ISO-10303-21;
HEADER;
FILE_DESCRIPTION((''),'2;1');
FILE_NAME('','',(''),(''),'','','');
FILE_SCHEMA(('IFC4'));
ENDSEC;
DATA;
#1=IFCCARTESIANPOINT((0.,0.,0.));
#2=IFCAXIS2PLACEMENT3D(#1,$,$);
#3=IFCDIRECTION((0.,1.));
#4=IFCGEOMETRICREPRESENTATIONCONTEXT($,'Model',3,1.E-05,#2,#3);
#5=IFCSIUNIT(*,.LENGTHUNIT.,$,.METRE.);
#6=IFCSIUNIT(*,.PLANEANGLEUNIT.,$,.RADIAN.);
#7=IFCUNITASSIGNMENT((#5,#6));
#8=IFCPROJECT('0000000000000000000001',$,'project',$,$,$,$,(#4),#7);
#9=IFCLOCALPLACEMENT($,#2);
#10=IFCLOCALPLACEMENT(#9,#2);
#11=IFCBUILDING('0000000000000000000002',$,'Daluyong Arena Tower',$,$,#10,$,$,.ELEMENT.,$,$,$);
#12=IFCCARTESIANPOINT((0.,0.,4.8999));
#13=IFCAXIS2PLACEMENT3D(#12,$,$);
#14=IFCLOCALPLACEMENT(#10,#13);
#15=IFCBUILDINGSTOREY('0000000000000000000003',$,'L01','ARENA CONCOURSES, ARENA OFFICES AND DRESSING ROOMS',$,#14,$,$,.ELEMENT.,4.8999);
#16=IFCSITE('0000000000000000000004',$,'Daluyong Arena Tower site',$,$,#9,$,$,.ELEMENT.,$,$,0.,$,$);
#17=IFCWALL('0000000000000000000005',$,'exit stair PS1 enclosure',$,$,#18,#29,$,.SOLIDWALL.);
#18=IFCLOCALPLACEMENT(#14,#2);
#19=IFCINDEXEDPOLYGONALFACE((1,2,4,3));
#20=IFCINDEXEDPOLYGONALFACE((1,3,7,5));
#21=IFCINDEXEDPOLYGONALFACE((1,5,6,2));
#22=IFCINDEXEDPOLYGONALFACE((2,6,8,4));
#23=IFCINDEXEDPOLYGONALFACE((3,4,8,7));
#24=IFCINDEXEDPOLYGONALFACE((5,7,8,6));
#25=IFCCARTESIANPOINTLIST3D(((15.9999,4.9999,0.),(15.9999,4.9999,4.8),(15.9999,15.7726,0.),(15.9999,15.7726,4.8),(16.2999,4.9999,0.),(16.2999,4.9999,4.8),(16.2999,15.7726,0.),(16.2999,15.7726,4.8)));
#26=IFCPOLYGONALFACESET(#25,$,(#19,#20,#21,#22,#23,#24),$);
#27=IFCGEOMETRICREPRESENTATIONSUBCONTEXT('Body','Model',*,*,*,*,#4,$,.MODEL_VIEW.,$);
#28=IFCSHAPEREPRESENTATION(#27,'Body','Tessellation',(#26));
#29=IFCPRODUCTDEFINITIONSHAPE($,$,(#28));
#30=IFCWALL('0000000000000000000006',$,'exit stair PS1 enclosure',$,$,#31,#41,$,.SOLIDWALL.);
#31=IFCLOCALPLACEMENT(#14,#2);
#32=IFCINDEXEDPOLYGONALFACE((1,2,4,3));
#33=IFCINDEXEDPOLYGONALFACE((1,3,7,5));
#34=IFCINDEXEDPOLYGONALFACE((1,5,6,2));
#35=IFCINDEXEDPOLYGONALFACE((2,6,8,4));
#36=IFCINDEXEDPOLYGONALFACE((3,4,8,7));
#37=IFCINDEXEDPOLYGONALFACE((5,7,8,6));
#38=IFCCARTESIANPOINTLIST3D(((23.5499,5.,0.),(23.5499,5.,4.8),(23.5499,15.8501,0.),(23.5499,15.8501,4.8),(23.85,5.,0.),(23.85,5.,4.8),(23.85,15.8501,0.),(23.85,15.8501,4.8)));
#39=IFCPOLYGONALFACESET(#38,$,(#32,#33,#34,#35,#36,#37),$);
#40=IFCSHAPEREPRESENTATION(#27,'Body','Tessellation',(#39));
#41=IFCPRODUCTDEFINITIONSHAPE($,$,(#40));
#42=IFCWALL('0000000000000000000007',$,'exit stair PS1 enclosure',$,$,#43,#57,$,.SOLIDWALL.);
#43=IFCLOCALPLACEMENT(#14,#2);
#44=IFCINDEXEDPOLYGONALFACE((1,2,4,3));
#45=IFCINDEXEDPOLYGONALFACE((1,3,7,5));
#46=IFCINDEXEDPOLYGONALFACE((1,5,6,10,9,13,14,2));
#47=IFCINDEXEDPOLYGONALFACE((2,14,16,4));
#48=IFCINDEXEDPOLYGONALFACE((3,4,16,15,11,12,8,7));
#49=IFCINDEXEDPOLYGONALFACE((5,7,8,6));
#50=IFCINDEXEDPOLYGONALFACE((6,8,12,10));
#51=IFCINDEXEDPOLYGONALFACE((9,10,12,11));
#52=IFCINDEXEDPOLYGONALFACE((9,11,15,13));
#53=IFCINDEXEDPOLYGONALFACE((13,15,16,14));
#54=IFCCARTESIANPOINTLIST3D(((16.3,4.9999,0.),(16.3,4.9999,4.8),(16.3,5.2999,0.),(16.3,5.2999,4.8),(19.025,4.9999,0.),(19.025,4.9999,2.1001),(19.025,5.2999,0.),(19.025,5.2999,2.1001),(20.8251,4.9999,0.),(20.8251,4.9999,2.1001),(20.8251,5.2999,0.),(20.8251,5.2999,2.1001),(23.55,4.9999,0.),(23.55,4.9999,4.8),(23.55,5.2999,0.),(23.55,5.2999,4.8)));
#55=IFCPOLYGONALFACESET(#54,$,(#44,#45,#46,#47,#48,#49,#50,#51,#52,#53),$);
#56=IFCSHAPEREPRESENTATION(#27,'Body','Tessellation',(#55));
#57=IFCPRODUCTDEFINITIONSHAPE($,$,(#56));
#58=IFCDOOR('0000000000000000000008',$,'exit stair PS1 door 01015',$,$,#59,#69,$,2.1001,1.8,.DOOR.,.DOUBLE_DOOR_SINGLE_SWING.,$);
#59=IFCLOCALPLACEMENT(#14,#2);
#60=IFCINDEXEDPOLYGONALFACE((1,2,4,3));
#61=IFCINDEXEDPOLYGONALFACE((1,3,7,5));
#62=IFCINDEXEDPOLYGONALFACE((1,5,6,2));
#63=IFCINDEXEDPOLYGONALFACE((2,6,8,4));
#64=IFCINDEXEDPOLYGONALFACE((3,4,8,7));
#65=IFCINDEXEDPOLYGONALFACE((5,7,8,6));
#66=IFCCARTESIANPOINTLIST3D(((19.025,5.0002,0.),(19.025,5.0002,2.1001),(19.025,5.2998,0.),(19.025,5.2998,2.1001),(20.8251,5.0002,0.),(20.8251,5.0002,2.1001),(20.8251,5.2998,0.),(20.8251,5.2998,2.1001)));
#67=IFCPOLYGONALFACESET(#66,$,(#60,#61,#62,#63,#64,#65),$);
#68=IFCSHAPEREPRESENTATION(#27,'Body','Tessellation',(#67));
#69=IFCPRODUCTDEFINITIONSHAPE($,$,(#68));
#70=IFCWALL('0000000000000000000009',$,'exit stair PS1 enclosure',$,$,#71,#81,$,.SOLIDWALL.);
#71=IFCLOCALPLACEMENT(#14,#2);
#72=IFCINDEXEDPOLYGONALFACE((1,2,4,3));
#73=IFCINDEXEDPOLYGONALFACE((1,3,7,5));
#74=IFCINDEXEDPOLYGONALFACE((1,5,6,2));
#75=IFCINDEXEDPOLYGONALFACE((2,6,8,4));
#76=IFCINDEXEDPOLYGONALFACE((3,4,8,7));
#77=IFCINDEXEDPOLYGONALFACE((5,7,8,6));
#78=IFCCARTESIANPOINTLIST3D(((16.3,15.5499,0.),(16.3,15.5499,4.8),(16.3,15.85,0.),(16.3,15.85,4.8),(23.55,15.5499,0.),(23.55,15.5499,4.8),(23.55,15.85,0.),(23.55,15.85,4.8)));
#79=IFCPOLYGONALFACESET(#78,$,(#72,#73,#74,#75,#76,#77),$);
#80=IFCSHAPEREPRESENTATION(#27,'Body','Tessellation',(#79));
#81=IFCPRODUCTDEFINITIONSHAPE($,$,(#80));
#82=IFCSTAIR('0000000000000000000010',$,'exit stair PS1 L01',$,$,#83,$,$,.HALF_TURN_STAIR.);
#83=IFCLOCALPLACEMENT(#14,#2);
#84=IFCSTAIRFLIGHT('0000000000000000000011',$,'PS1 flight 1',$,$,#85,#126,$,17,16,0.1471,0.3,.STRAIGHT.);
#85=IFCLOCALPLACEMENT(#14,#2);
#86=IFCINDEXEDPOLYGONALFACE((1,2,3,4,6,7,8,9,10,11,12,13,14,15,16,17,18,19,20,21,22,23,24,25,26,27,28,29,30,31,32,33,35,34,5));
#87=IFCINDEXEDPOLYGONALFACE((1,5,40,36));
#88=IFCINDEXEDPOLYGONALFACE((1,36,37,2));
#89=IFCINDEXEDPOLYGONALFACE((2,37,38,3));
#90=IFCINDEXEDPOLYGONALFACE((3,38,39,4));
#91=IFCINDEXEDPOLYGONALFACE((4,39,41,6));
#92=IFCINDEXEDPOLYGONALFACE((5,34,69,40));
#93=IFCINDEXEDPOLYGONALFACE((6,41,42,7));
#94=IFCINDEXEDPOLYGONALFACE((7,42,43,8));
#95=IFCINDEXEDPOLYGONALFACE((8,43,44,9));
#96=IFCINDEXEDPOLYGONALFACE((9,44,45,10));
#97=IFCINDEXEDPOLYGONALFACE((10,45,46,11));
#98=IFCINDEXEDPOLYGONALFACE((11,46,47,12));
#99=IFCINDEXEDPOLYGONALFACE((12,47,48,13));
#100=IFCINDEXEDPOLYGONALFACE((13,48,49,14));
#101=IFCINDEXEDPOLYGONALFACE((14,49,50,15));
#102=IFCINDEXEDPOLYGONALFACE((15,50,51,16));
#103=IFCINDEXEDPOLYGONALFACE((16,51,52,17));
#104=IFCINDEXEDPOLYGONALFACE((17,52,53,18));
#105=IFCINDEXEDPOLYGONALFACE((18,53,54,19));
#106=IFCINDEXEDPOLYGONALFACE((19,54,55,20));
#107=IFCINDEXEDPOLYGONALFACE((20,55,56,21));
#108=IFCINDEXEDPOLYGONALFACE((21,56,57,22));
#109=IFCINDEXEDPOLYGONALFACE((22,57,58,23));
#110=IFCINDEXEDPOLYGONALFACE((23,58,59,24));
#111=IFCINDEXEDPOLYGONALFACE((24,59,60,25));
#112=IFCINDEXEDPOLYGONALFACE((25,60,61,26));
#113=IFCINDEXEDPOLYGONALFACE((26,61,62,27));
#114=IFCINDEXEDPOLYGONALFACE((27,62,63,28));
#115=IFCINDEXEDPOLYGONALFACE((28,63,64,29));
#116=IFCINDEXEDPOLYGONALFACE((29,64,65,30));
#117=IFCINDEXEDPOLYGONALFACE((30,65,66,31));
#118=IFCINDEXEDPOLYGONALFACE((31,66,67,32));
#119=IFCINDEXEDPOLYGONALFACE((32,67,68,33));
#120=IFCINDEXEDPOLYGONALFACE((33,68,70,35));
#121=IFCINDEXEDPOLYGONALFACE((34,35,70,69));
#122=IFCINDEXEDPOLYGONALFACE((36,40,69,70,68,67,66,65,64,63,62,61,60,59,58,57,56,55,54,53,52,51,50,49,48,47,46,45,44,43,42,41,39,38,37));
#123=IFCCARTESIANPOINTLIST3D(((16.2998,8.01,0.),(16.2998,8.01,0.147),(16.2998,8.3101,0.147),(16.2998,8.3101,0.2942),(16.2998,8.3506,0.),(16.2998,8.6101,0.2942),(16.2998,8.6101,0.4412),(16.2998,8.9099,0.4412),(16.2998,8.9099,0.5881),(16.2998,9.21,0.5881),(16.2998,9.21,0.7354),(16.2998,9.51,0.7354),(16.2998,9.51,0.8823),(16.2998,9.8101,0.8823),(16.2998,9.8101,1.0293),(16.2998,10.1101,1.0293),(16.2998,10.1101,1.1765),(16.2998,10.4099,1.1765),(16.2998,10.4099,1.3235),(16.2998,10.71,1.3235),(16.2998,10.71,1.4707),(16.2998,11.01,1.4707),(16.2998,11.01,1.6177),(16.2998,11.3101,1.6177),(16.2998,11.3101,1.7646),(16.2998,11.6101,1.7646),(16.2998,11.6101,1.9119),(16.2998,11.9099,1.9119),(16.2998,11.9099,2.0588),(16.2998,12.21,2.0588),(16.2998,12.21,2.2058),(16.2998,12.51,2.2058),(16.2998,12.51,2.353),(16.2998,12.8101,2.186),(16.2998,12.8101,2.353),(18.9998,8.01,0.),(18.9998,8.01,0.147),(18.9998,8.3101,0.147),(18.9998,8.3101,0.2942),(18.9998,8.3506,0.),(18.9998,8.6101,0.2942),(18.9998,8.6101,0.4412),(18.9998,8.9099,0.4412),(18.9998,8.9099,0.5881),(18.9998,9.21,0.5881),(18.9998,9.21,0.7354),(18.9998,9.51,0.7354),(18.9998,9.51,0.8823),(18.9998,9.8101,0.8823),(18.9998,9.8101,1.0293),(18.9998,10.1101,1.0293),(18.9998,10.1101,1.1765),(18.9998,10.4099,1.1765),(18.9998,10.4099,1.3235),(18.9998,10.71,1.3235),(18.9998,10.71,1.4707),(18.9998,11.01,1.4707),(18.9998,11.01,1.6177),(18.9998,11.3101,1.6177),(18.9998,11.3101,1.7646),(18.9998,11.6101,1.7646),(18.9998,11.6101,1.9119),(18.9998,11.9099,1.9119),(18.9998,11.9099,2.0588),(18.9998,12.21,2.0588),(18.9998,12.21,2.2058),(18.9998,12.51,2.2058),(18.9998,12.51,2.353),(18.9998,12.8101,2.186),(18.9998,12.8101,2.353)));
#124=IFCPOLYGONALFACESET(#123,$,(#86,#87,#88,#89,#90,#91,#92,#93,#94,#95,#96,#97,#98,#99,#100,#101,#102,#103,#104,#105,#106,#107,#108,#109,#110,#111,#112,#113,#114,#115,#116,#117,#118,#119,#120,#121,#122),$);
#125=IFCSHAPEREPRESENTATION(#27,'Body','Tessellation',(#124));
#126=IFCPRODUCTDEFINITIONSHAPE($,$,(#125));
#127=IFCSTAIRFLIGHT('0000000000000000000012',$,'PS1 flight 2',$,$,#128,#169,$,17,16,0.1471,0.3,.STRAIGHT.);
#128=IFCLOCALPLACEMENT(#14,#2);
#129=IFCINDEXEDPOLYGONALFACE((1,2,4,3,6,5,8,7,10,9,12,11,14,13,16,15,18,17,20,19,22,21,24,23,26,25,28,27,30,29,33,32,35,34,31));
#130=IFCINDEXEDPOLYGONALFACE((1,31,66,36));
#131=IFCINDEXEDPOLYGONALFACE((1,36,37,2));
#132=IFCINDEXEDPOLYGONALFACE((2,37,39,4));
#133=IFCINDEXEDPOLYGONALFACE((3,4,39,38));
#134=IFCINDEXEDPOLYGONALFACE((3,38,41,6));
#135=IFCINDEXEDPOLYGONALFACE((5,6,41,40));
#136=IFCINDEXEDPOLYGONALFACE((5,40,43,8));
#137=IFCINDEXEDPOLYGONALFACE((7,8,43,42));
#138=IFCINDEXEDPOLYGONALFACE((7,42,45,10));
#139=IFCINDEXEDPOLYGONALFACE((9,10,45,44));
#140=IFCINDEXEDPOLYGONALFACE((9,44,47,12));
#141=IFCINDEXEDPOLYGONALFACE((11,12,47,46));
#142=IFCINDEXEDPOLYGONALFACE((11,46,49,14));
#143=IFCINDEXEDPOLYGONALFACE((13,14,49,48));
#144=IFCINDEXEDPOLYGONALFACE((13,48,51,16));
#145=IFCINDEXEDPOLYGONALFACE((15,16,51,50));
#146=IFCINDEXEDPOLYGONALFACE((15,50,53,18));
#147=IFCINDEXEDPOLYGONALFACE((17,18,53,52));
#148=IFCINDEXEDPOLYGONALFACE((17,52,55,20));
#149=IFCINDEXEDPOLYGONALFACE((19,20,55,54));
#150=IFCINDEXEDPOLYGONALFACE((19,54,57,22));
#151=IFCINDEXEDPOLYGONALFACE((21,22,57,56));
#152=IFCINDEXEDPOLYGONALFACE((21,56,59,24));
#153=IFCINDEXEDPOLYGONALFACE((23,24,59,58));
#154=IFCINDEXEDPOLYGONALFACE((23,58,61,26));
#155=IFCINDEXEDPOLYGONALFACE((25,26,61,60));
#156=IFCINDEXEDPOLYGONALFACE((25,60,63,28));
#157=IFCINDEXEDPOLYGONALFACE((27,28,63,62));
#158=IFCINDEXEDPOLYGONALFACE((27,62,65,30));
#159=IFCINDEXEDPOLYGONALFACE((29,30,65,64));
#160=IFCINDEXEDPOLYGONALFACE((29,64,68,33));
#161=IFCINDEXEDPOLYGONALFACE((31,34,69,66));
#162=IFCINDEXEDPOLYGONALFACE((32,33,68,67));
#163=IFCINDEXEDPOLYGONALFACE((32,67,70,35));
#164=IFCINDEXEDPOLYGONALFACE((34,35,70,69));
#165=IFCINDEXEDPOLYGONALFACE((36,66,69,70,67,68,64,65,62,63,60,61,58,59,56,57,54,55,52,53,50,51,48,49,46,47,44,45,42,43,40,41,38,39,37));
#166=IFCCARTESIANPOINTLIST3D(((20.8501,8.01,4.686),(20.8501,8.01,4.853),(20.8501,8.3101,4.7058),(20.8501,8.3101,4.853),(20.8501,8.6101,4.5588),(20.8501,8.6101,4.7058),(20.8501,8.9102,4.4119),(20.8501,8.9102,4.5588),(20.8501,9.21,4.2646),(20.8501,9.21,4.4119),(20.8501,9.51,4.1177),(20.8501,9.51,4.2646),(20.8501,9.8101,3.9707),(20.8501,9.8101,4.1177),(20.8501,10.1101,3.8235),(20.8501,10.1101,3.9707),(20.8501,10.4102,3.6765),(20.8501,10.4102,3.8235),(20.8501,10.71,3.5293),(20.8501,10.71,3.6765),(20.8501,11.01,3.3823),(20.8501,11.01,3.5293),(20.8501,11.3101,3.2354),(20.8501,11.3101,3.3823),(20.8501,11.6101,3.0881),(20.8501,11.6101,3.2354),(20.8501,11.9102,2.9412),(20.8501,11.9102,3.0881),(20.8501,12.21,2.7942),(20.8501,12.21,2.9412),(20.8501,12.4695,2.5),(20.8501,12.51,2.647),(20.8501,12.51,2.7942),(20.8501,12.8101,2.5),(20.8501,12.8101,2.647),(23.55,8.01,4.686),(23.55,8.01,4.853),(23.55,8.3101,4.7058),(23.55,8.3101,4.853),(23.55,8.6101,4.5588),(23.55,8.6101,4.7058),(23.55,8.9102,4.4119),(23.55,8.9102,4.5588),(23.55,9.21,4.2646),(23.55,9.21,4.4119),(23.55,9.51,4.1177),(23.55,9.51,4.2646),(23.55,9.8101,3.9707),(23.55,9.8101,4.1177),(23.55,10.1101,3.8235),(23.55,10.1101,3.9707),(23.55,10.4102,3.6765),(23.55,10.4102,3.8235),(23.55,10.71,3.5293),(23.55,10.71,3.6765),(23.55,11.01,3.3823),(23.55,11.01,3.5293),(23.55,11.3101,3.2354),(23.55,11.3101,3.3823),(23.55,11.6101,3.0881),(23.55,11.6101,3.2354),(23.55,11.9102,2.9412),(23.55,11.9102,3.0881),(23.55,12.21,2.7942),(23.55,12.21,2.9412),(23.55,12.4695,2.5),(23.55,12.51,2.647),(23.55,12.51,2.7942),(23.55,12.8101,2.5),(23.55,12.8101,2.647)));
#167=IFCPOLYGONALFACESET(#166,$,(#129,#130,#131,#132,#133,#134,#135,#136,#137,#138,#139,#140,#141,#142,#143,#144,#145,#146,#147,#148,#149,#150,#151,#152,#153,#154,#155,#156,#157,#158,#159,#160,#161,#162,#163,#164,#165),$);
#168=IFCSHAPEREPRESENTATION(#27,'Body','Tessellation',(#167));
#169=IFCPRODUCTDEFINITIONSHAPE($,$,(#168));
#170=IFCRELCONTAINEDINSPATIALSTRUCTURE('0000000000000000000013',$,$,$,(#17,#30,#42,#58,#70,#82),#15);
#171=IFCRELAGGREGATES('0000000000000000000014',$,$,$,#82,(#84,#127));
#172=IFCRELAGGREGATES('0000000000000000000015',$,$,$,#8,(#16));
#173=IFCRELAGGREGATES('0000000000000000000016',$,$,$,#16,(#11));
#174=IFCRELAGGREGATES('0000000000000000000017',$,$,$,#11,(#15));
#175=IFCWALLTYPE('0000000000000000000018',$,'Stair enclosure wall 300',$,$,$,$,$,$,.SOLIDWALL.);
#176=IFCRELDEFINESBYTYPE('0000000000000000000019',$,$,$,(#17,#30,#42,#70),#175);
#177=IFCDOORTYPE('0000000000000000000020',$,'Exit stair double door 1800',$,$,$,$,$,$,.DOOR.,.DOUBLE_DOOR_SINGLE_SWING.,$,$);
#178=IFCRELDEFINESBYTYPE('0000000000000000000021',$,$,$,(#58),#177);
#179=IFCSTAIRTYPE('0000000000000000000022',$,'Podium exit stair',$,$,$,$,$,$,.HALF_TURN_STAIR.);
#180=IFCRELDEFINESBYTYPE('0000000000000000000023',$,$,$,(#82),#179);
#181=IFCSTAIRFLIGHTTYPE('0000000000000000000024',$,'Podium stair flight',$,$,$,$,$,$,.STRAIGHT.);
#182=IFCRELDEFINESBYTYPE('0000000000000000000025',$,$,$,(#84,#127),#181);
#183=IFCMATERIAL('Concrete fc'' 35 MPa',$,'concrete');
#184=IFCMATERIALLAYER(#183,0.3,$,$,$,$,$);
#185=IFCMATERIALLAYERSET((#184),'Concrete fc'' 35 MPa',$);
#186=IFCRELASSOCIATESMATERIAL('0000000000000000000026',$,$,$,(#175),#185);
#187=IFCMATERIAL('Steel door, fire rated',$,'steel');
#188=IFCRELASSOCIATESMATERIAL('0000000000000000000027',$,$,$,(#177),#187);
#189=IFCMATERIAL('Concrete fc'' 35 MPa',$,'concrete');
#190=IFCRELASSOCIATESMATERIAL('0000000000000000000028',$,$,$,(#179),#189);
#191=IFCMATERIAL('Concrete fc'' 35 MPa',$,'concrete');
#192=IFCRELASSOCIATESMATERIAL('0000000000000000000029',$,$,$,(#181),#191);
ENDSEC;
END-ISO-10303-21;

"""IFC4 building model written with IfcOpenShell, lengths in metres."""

from ifc_helpers import new_model, si_unit, direction, frame, frame_2d, origin, place, context, subcontext, project, spatial, polyline, rectangle, outline, extrude, material, layer, layer_set, type_object, element, fill, aggregate, save


model = new_model("IFC4")

# Units and contexts
model_context = context("Model", 3, precision=1e-05, world=origin(), true_north=direction((0.0, 1.0)))
body_context = subcontext(model_context, "Body", "Model", "MODEL_VIEW")
ifc_project = project(units=[si_unit("LENGTHUNIT", "METRE"), si_unit("PLANEANGLEUNIT", "RADIAN")], contexts=[model_context])

# Site, building, storey
site_placement = place(None, origin())
site = spatial("IfcSite", under=ifc_project, at=site_placement, Name="Daluyong Arena Tower site", CompositionType="ELEMENT", RefElevation=0.0)
building_placement = place(site_placement, origin())
building = spatial("IfcBuilding", under=site, at=building_placement, Name="Daluyong Arena Tower", CompositionType="ELEMENT")
storey_placement = place(building_placement, frame((0.0, 0.0, 4.8999)))
storey = spatial("IfcBuildingStorey", under=building, at=storey_placement, Name="L01", Description="ARENA CONCOURSES, ARENA OFFICES AND DRESSING ROOMS", CompositionType="ELEMENT", Elevation=4.8999)

# Walls
ifc_material_1 = material(Name="Concrete fc' 35 MPa", Category="concrete")
ifc_layer_1 = layer(ifc_material_1, 0.3)
ifc_layer_set_1 = layer_set([ifc_layer_1], Name="Concrete fc' 35 MPa")
wall_type_1 = type_object("IfcWallType", Name="Stair enclosure wall 300", PredefinedType="SOLIDWALL", material=ifc_layer_set_1)
wall_1_placement = place(storey_placement, frame((16.1499, 5.0, 0.0), z_axis=(0.0, 0.0, 1.0), x_axis=(0.0, 1.0, 0.0)))
element("IfcWall", 1, at=wall_1_placement, inside=storey, type_object=wall_type_1, Name="exit stair PS1 enclosure", PredefinedType="SOLIDWALL", context=body_context, shape_type="SweptSolid", body=[
    extrude(rectangle(XDim=10.7727, YDim=0.3, at=frame_2d((5.3862, 0.0))), origin(), (0.0, 0.0, 1.0), 4.8),
])
wall_2_placement = place(storey_placement, frame((23.7, 5.0, 0.0), z_axis=(0.0, 0.0, 1.0), x_axis=(0.0, 1.0, 0.0)))
element("IfcWall", 2, at=wall_2_placement, inside=storey, type_object=wall_type_1, Name="exit stair PS1 enclosure", PredefinedType="SOLIDWALL", context=body_context, shape_type="SweptSolid", body=[
    extrude(rectangle(XDim=10.8501, YDim=0.3, at=frame_2d((5.425, 0.0))), origin(), (0.0, 0.0, 1.0), 4.8),
])

# Wall, opening, door
wall_3_placement = place(storey_placement, frame((16.3, 5.1499, 0.0), z_axis=(0.0, 0.0, 1.0), x_axis=(1.0, 0.0, 0.0)))
wall_3 = element("IfcWall", 3, at=wall_3_placement, inside=storey, type_object=wall_type_1, Name="exit stair PS1 enclosure", PredefinedType="SOLIDWALL", context=body_context, shape_type="SweptSolid", body=[
    extrude(rectangle(XDim=7.25, YDim=0.3, at=frame_2d((3.625, 0.0))), origin(), (0.0, 0.0, 1.0), 4.8),
])
opening_placement = place(wall_3_placement, frame((2.7251, 0.0, 0.0)))
opening = element("IfcOpeningElement", 4, at=opening_placement, cuts=wall_3, PredefinedType="OPENING", context=body_context, shape_type="SweptSolid", body=[
    extrude(rectangle(XDim=1.8, YDim=2.1001, at=frame_2d((0.8999, 1.05))), frame((0.0, 0.1599, 0.0), z_axis=(0.0, -1.0, 0.0), x_axis=(1.0, 0.0, 0.0)), (0.0, 0.0, 1.0), 0.3201),
])
ifc_material_2 = material(Name="Steel door, fire rated", Category="steel")
door_type = type_object("IfcDoorType", Name="Exit stair double door 1800", OperationType="DOUBLE_DOOR_SINGLE_SWING", PredefinedType="DOOR", material=ifc_material_2)
door_placement = place(opening_placement, origin())
door = element("IfcDoor", 5, at=door_placement, inside=storey, type_object=door_type, Name="exit stair PS1 door 01015", OperationType="DOUBLE_DOOR_SINGLE_SWING", OverallHeight=2.1001, OverallWidth=1.8, PredefinedType="DOOR", context=body_context, shape_type="SweptSolid", body=[
    extrude(rectangle(XDim=1.8, YDim=2.1001, at=frame_2d((0.8999, 1.05))), frame((0.0, 0.1499, 0.0), z_axis=(0.0, -1.0, 0.0), x_axis=(1.0, 0.0, 0.0)), (0.0, 0.0, 1.0), 0.2996),
])
fill(opening, door)

# Wall
wall_4_placement = place(storey_placement, frame((16.3, 15.7, 0.0), z_axis=(0.0, 0.0, 1.0), x_axis=(1.0, 0.0, 0.0)))
element("IfcWall", 6, at=wall_4_placement, inside=storey, type_object=wall_type_1, Name="exit stair PS1 enclosure", PredefinedType="SOLIDWALL", context=body_context, shape_type="SweptSolid", body=[
    extrude(rectangle(XDim=7.25, YDim=0.3, at=frame_2d((3.625, 0.0))), origin(), (0.0, 0.0, 1.0), 4.8),
])

# Stair, stair flights
ifc_material_3 = material(Name="Concrete fc' 35 MPa", Category="concrete")
stair_type = type_object("IfcStairType", Name="Podium exit stair", PredefinedType="HALF_TURN_STAIR", material=ifc_material_3)
stair_placement = place(storey_placement, origin())
stair = element("IfcStair", 7, at=stair_placement, inside=storey, type_object=stair_type, Name="exit stair PS1 L01", PredefinedType="HALF_TURN_STAIR")
ifc_material_4 = material(Name="Concrete fc' 35 MPa", Category="concrete")
stair_flight_type = type_object("IfcStairFlightType", Name="Podium stair flight", PredefinedType="STRAIGHT", material=ifc_material_4)
stair_flight_1_placement = place(storey_placement, frame((17.6499, 8.01, 0.0), z_axis=(0.0, 0.0, 1.0), x_axis=(0.0, 1.0, 0.0)))
stair_flight_1 = element("IfcStairFlight", 8, at=stair_flight_1_placement, type_object=stair_flight_type, Name="PS1 flight 1", NumberOfRisers=17, NumberOfTreads=16, PredefinedType="STRAIGHT", RiserHeight=0.1471, TreadLength=0.3, context=body_context, shape_type="SweptSolid", body=[
    extrude(outline(polyline([(0.0, 0.0), (0.0, 0.147), (0.3, 0.147), (0.3, 0.2942), (0.6001, 0.2942), (0.6001, 0.4412), (0.8999, 0.4412), (0.8999, 0.5881), (1.2, 0.5881), (1.2, 0.7354), (1.5, 0.7354), (1.5, 0.8823), (1.8, 0.8823), (1.8, 1.0293), (2.1001, 1.0293), (2.1001, 1.1765), (2.3999, 1.1765), (2.3999, 1.3235), (2.7, 1.3235), (2.7, 1.4707), (3.0, 1.4707), (3.0, 1.6177), (3.3, 1.6177), (3.3, 1.7646), (3.6001, 1.7646), (3.6001, 1.9119), (3.8999, 1.9119), (3.8999, 2.0588), (4.2, 2.0588), (4.2, 2.2058), (4.5, 2.2058), (4.5, 2.353), (4.8, 2.353), (4.8, 2.5), (4.8, 2.186), (0.3406, 0.0), (0.0, 0.0)])), frame((0.0, 1.3501, 0.0), z_axis=(0.0, -1.0, 0.0), x_axis=(1.0, 0.0, 0.0)), (0.0, 0.0, 1.0), 2.7),
])
stair_flight_2_placement = place(storey_placement, frame((22.2, 12.8101, 2.5), z_axis=(0.0, 0.0, 1.0), x_axis=(0.0, -1.0, 0.0)))
stair_flight_2 = element("IfcStairFlight", 9, at=stair_flight_2_placement, type_object=stair_flight_type, Name="PS1 flight 2", NumberOfRisers=17, NumberOfTreads=16, PredefinedType="STRAIGHT", RiserHeight=0.1471, TreadLength=0.3, context=body_context, shape_type="SweptSolid", body=[
    extrude(outline(polyline([(0.0, 0.0), (0.0, 0.147), (0.3, 0.147), (0.3, 0.2942), (0.6001, 0.2942), (0.6001, 0.4412), (0.8999, 0.4412), (0.8999, 0.5881), (1.2, 0.5881), (1.2, 0.7354), (1.5, 0.7354), (1.5, 0.8823), (1.8, 0.8823), (1.8, 1.0293), (2.1001, 1.0293), (2.1001, 1.1765), (2.3999, 1.1765), (2.3999, 1.3235), (2.7, 1.3235), (2.7, 1.4707), (3.0, 1.4707), (3.0, 1.6177), (3.3, 1.6177), (3.3, 1.7646), (3.6001, 1.7646), (3.6001, 1.9119), (3.8999, 1.9119), (3.8999, 2.0588), (4.2, 2.0588), (4.2, 2.2058), (4.5, 2.2058), (4.5, 2.353), (4.8, 2.353), (4.8, 2.5), (4.8, 2.186), (0.3406, 0.0), (0.0, 0.0)])), frame((0.0, 1.3501, 0.0), z_axis=(0.0, -1.0, 0.0), x_axis=(1.0, 0.0, 0.0)), (0.0, 0.0, 1.0), 2.7),
])
aggregate(stair, [stair_flight_1, stair_flight_2])

save(model, "model.ifc")
